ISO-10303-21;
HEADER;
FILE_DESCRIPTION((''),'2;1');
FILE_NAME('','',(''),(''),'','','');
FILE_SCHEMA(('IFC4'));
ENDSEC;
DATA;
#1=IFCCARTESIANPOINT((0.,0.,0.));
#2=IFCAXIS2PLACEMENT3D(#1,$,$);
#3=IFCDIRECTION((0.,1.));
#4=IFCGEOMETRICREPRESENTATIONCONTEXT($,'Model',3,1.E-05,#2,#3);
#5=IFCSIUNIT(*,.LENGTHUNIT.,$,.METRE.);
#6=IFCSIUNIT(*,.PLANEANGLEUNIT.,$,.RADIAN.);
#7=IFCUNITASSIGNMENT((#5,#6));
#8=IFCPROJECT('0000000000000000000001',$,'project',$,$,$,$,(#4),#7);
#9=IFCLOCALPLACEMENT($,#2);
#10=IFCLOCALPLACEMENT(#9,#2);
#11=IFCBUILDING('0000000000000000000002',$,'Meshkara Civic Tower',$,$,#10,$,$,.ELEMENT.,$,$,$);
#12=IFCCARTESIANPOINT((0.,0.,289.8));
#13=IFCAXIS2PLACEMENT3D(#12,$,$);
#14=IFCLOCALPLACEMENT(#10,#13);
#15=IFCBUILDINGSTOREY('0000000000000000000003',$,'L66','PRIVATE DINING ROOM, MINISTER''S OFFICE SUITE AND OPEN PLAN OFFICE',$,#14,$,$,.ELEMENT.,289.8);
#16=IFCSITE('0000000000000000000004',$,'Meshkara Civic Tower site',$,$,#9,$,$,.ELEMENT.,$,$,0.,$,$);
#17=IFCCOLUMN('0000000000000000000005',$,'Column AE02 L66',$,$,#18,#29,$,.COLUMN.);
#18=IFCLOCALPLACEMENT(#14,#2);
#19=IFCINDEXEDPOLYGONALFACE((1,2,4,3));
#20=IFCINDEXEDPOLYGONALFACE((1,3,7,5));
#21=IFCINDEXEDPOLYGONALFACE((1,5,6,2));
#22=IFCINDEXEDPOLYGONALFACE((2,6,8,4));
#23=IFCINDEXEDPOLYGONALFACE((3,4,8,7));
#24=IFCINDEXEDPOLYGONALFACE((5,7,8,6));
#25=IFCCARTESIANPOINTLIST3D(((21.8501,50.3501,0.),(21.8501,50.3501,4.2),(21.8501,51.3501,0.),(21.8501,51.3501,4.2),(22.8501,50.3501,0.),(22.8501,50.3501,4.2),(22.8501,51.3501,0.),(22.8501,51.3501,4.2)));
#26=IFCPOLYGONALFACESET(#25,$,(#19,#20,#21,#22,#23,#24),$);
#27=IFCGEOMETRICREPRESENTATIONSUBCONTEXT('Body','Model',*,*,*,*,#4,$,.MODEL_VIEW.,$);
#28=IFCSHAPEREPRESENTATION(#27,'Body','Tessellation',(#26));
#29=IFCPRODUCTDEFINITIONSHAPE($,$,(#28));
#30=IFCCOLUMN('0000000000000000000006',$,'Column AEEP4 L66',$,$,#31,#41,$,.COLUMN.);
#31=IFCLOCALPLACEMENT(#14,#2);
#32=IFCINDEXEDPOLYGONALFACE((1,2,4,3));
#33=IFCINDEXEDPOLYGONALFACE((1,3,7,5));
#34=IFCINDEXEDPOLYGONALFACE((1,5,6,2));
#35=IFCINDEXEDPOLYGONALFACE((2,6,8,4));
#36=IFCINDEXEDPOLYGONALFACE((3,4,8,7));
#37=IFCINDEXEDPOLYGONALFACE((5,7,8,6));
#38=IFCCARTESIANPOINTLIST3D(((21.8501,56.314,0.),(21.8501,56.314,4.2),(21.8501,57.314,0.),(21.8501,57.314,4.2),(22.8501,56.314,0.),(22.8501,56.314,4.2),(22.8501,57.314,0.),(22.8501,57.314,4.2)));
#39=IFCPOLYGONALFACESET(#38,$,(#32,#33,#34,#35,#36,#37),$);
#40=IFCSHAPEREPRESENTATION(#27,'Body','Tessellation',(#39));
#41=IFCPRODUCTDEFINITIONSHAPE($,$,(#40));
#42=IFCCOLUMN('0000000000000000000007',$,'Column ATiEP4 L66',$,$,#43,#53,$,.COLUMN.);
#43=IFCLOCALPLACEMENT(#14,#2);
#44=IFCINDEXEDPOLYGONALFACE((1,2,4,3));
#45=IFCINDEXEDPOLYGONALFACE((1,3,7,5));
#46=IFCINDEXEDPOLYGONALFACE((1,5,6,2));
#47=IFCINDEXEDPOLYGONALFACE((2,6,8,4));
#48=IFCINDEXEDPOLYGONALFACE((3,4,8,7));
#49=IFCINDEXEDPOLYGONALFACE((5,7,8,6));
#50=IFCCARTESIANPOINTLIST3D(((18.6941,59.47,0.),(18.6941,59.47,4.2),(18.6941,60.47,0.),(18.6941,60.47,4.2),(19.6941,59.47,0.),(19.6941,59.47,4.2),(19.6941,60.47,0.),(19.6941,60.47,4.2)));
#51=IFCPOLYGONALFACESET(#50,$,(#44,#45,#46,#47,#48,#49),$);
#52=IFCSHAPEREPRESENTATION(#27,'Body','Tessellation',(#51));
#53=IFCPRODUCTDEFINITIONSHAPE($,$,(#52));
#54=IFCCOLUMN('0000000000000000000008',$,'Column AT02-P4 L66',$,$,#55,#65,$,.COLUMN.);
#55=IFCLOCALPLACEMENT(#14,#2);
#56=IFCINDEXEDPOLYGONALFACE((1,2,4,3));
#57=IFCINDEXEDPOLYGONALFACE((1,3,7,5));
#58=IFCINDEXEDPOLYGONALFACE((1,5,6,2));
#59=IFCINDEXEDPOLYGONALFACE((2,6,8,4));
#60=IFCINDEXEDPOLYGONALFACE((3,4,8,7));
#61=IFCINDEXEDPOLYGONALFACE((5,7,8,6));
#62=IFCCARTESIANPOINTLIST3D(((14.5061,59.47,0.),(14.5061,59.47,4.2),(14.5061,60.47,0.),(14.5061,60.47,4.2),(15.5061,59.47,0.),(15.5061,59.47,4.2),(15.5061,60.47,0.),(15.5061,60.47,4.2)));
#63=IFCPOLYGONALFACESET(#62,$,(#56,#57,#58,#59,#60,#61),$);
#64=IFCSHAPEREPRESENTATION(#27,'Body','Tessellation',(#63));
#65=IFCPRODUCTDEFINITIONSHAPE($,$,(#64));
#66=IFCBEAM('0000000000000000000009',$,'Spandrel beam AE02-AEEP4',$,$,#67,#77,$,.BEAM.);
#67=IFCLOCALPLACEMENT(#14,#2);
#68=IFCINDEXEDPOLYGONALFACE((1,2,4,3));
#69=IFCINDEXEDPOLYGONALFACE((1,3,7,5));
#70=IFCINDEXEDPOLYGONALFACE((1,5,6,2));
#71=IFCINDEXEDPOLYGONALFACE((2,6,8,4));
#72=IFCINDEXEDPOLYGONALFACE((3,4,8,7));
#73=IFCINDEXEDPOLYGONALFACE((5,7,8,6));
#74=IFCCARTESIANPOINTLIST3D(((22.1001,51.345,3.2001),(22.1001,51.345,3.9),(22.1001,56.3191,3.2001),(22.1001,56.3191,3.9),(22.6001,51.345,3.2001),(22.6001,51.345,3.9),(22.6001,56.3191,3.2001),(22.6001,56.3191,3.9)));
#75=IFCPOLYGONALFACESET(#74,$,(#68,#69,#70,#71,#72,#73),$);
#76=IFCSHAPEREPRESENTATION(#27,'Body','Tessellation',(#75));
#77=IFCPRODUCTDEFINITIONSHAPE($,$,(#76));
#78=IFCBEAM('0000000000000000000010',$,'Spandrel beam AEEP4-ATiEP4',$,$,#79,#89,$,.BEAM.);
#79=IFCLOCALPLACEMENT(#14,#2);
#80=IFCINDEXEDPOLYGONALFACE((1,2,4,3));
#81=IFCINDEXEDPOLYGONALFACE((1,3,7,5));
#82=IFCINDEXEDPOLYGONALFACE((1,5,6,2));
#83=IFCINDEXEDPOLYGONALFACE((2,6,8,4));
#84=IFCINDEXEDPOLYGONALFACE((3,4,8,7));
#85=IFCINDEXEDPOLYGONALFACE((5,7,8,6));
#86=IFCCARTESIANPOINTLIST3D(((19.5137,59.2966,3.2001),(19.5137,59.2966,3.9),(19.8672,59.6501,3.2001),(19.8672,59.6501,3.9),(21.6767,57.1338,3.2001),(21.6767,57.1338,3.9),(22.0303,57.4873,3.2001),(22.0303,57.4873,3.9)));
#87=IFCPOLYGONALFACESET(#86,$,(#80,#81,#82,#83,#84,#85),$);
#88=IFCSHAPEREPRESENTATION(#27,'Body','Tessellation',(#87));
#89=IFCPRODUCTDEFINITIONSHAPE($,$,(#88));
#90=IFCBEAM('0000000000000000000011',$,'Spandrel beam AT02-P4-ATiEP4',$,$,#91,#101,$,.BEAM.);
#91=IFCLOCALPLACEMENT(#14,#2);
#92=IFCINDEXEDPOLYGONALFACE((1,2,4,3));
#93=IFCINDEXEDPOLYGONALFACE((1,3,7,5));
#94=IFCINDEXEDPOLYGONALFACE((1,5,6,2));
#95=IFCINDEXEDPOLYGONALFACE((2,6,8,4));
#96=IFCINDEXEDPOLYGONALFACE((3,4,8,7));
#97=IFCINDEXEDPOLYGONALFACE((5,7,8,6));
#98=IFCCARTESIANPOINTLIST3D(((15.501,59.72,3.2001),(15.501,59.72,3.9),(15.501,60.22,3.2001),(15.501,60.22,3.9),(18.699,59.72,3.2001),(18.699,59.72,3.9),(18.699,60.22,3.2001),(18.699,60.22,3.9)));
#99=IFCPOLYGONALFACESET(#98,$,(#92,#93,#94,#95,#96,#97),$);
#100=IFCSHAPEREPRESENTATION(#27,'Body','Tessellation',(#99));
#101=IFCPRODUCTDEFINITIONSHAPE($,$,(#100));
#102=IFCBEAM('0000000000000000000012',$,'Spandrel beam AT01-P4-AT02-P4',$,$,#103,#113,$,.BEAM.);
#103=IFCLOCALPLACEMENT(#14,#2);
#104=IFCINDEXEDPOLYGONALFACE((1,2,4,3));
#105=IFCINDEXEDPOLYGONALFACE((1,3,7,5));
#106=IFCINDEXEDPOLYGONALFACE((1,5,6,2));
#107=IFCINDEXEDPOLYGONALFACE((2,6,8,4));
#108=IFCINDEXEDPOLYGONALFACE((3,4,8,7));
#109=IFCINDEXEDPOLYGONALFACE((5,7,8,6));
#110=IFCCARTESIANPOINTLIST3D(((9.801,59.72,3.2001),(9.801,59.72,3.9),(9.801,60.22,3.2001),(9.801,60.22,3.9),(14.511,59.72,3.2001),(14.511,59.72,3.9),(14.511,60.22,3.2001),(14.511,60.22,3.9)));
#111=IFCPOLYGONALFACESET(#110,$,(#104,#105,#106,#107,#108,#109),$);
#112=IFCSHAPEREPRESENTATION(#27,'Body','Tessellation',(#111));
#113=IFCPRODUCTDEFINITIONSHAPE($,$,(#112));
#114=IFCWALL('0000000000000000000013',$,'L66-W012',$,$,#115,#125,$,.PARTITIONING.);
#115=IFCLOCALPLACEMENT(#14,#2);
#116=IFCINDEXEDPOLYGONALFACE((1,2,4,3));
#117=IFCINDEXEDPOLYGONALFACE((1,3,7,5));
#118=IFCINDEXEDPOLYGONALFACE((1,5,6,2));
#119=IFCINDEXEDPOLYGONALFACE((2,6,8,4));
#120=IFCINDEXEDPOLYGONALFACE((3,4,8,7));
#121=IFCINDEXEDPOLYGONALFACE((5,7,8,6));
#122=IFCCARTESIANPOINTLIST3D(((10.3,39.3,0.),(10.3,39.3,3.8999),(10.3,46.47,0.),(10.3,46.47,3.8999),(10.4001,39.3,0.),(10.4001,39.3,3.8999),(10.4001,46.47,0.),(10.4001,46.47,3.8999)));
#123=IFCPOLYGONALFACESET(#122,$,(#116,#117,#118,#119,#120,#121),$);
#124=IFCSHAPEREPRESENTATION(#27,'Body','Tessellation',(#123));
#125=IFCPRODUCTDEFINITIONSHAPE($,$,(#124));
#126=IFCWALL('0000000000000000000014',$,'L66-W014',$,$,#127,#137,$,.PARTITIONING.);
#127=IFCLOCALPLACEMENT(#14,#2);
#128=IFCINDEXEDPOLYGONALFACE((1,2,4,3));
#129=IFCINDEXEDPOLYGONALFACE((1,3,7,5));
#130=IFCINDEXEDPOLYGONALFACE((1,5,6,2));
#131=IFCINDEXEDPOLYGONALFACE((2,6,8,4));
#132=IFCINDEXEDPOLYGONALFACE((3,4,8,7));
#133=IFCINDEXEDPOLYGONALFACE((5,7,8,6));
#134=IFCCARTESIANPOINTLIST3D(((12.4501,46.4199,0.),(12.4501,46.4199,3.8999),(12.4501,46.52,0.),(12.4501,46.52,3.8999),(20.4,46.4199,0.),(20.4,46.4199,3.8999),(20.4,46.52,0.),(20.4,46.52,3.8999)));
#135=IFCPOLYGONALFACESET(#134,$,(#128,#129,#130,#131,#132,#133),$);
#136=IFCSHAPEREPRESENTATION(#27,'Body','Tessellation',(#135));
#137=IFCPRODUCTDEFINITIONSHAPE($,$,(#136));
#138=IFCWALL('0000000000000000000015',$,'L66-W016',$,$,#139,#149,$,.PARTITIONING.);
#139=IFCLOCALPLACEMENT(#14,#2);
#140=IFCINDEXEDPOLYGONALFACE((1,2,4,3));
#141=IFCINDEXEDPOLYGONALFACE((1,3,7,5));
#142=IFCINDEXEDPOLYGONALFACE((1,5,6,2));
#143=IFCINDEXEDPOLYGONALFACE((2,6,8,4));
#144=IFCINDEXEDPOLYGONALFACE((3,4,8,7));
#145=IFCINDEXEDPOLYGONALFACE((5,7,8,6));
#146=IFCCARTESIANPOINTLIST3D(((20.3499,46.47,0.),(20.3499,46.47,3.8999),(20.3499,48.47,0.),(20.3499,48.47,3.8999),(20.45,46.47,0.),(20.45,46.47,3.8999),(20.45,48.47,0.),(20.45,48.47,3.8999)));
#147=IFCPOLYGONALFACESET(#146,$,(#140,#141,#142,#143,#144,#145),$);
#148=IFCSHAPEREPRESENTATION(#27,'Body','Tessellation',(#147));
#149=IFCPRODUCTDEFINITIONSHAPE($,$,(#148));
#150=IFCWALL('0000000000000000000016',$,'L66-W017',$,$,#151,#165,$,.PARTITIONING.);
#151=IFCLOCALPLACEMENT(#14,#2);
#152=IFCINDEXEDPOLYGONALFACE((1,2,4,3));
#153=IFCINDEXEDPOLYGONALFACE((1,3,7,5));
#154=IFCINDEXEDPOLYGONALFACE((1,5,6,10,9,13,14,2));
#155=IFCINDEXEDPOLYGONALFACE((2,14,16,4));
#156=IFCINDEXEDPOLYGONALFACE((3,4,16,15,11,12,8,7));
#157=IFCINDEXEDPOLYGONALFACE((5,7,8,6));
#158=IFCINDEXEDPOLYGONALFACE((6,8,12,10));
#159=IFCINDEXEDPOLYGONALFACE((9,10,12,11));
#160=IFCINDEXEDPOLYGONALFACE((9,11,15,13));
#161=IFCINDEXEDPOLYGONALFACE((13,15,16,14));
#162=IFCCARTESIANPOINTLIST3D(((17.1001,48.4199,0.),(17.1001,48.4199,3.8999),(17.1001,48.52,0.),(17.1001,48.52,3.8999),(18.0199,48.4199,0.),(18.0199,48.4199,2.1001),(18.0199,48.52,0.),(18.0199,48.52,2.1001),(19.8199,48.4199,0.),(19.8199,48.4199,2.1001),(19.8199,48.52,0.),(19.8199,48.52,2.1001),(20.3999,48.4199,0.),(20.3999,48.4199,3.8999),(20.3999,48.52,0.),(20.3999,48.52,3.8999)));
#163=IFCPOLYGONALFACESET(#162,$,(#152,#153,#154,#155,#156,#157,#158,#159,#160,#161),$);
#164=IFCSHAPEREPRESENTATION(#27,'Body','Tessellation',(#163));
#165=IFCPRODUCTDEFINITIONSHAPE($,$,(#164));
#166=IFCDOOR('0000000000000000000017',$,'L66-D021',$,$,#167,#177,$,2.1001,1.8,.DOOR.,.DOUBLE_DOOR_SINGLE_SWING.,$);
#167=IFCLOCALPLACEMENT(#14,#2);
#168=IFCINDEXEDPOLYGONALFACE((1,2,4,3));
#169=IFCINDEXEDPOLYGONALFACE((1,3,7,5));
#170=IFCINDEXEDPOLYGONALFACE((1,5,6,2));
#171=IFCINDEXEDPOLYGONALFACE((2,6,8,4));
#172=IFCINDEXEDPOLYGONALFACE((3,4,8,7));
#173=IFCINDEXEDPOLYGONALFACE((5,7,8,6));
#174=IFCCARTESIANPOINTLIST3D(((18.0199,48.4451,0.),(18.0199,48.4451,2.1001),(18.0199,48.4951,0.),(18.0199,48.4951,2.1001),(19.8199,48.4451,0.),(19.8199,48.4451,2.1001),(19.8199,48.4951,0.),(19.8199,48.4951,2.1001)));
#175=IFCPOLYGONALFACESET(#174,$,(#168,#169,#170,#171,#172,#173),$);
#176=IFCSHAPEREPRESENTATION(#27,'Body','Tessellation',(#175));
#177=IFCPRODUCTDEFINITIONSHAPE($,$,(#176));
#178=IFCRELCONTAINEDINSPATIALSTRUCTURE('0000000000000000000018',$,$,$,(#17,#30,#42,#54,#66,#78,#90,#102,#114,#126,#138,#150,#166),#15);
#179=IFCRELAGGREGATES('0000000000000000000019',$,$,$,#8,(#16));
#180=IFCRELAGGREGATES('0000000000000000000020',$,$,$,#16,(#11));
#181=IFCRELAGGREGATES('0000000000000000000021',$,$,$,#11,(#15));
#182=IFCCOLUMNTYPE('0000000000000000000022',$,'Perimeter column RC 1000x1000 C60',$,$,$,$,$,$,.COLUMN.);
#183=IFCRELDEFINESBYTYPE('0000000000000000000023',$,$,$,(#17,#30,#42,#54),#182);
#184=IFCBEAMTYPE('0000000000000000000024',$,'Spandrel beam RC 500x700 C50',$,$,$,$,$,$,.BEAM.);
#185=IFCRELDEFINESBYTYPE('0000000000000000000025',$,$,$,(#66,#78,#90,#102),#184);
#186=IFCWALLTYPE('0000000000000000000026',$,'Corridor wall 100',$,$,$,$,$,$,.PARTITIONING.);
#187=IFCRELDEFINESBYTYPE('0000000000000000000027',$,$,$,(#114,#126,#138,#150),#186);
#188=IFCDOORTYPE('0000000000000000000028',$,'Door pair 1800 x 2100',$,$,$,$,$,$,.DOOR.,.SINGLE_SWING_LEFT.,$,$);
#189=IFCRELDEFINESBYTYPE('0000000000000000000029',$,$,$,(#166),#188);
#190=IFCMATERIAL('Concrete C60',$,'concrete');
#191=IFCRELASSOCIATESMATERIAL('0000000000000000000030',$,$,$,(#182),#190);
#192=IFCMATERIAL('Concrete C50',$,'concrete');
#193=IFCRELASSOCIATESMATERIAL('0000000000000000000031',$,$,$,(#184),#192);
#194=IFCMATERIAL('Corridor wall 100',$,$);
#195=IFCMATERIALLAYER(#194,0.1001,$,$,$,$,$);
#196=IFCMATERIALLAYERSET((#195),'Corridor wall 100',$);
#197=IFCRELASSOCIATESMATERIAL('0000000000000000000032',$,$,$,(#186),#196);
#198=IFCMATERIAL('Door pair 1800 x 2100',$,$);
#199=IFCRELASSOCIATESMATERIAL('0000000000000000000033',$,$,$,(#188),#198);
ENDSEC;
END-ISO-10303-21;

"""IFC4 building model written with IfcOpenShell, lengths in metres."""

from ifc_helpers import new_model, si_unit, direction, frame, frame_2d, origin, origin_2d, place, context, subcontext, project, spatial, rectangle, extrude, material, layer, layer_set, material_profile, profile_set, type_object, element, fill, save


model = new_model("IFC4")

# Units and contexts
model_context = context("Model", 3, precision=1e-05, world=origin(), true_north=direction((0.0, 1.0)))
body_context = subcontext(model_context, "Body", "Model", "MODEL_VIEW")
ifc_project = project(units=[si_unit("LENGTHUNIT", "METRE"), si_unit("PLANEANGLEUNIT", "RADIAN")], contexts=[model_context])

# Site, building, storey
site_placement = place(None, origin())
site = spatial("IfcSite", under=ifc_project, at=site_placement, Name="Meshkara Civic Tower site", CompositionType="ELEMENT", RefElevation=0.0)
building_placement = place(site_placement, origin())
building = spatial("IfcBuilding", under=site, at=building_placement, Name="Meshkara Civic Tower", CompositionType="ELEMENT")
storey_placement = place(building_placement, frame((0.0, 0.0, 289.8)))
storey = spatial("IfcBuildingStorey", under=building, at=storey_placement, Name="L66", Description="PRIVATE DINING ROOM, MINISTER'S OFFICE SUITE AND OPEN PLAN OFFICE", CompositionType="ELEMENT", Elevation=289.8)

# Columns
ifc_material_1 = material(Name="Concrete C60", Category="concrete")
ifc_material_profile_1 = material_profile(ifc_material_1, rectangle(XDim=1.0, YDim=1.0, at=origin_2d()))
ifc_profile_set_1 = profile_set([ifc_material_profile_1], Name="Concrete C60")
column_type = type_object("IfcColumnType", Name="Perimeter column RC 1000x1000 C60", PredefinedType="COLUMN", material=ifc_profile_set_1)
for number, where, z_axis, x_axis, name in (
    (1, (22.3501, 50.8501, 0.0), (0.0, 0.0, 1.0), (1.0, 0.0, 0.0), "Column AE02 L66"),
    (2, (22.3501, 56.814, 0.0), (0.0, 0.0, 1.0), (1.0, 0.0, 0.0), "Column AEEP4 L66"),
    (3, (19.1941, 59.97, 0.0), (0.0, 0.0, 1.0), (1.0, 0.0, 0.0), "Column ATiEP4 L66"),
    (4, (15.0061, 59.97, 0.0), (0.0, 0.0, 1.0), (1.0, 0.0, 0.0), "Column AT02-P4 L66"),
):
    element("IfcColumn", number, at=place(storey_placement, frame(where, z_axis=z_axis, x_axis=x_axis)), inside=storey, type_object=column_type, Name=name, PredefinedType="COLUMN", context=body_context, shape_type="SweptSolid", body=[
        extrude(rectangle(XDim=1.0, YDim=1.0, at=origin_2d()), origin(), (0.0, 0.0, 1.0), 4.2),
    ])

# Beams
ifc_material_2 = material(Name="Concrete C50", Category="concrete")
ifc_material_profile_2 = material_profile(ifc_material_2, rectangle(XDim=0.5, YDim=0.7, at=origin_2d()))
ifc_profile_set_2 = profile_set([ifc_material_profile_2], Name="Concrete C50")
beam_type = type_object("IfcBeamType", Name="Spandrel beam RC 500x700 C50", PredefinedType="BEAM", material=ifc_profile_set_2)
beam_1_placement = place(storey_placement, frame((22.3501, 51.345, 3.55), z_axis=(0.0, 1.0, 0.0), x_axis=(-1.0, 0.0, 0.0)))
element("IfcBeam", 5, at=beam_1_placement, inside=storey, type_object=beam_type, Name="Spandrel beam AE02-AEEP4", PredefinedType="BEAM", context=body_context, shape_type="SweptSolid", body=[
    extrude(rectangle(XDim=0.5, YDim=0.7, at=origin_2d()), origin(), (0.0, 0.0, 1.0), 4.9741),
])
beam_2_placement = place(storey_placement, frame((21.8535, 57.3105, 3.55), z_axis=(-0.707147, 0.707067, 0.0), x_axis=(-0.707067, -0.707147, 0.0)))
element("IfcBeam", 6, at=beam_2_placement, inside=storey, type_object=beam_type, Name="Spandrel beam AEEP4-ATiEP4", PredefinedType="BEAM", context=body_context, shape_type="SweptSolid", body=[
    extrude(rectangle(XDim=0.5, YDim=0.7, at=origin_2d()), origin(), (0.0, 0.0, 1.0), 3.0588),
])
beam_3_placement = place(storey_placement, frame((18.699, 59.97, 3.55), z_axis=(-1.0, 0.0, 0.0), x_axis=(0.0, -1.0, 0.0)))
element("IfcBeam", 7, at=beam_3_placement, inside=storey, type_object=beam_type, Name="Spandrel beam AT02-P4-ATiEP4", PredefinedType="BEAM", context=body_context, shape_type="SweptSolid", body=[
    extrude(rectangle(XDim=0.5, YDim=0.7, at=origin_2d()), origin(), (0.0, 0.0, 1.0), 3.198),
])
beam_4_placement = place(storey_placement, frame((14.511, 59.97, 3.55), z_axis=(-1.0, 0.0, 0.0), x_axis=(0.0, -1.0, 0.0)))
element("IfcBeam", 8, at=beam_4_placement, inside=storey, type_object=beam_type, Name="Spandrel beam AT01-P4-AT02-P4", PredefinedType="BEAM", context=body_context, shape_type="SweptSolid", body=[
    extrude(rectangle(XDim=0.5, YDim=0.7, at=origin_2d()), origin(), (0.0, 0.0, 1.0), 4.71),
])

# Walls
ifc_material_3 = material(Name="Corridor wall 100")
ifc_layer_1 = layer(ifc_material_3, 0.1001)
ifc_layer_set_1 = layer_set([ifc_layer_1], Name="Corridor wall 100")
wall_type_1 = type_object("IfcWallType", Name="Corridor wall 100", PredefinedType="PARTITIONING", material=ifc_layer_set_1)
wall_1_placement = place(storey_placement, frame((10.3501, 46.47, 0.0), z_axis=(0.0, 0.0, 1.0), x_axis=(0.0, -1.0, 0.0)))
element("IfcWall", 9, at=wall_1_placement, inside=storey, type_object=wall_type_1, Name="L66-W012", PredefinedType="PARTITIONING", context=body_context, shape_type="SweptSolid", body=[
    extrude(rectangle(XDim=7.1699, YDim=0.1001, at=frame_2d((3.585, 0.0))), origin(), (0.0, 0.0, 1.0), 3.8999),
])
wall_2_placement = place(storey_placement, frame((12.45, 46.47, 0.0), z_axis=(0.0, 0.0, 1.0), x_axis=(1.0, 0.0, 0.0)))
element("IfcWall", 10, at=wall_2_placement, inside=storey, type_object=wall_type_1, Name="L66-W014", PredefinedType="PARTITIONING", context=body_context, shape_type="SweptSolid", body=[
    extrude(rectangle(XDim=7.95, YDim=0.1001, at=frame_2d((3.9751, 0.0))), origin(), (0.0, 0.0, 1.0), 3.8999),
])
wall_3_placement = place(storey_placement, frame((20.3999, 46.47, 0.0), z_axis=(0.0, 0.0, 1.0), x_axis=(0.0, 1.0, 0.0)))
element("IfcWall", 11, at=wall_3_placement, inside=storey, type_object=wall_type_1, Name="L66-W016", PredefinedType="PARTITIONING", context=body_context, shape_type="SweptSolid", body=[
    extrude(rectangle(XDim=2.0, YDim=0.1001, at=frame_2d((1.0, 0.0))), origin(), (0.0, 0.0, 1.0), 3.8999),
])

# Wall, opening, door
wall_4_placement = place(storey_placement, frame((20.3999, 48.47, 0.0), z_axis=(0.0, 0.0, 1.0), x_axis=(-1.0, 0.0, 0.0)))
wall_4 = element("IfcWall", 12, at=wall_4_placement, inside=storey, type_object=wall_type_1, Name="L66-W017", PredefinedType="PARTITIONING", context=body_context, shape_type="SweptSolid", body=[
    extrude(rectangle(XDim=3.2998, YDim=0.1001, at=frame_2d((1.6499, 0.0))), origin(), (0.0, 0.0, 1.0), 3.8999),
])
opening_1_placement = place(wall_4_placement, frame((0.5801, 0.0, 0.0)))
opening_1 = element("IfcOpeningElement", 13, at=opening_1_placement, cuts=wall_4, PredefinedType="OPENING", context=body_context, shape_type="SweptSolid", body=[
    extrude(rectangle(XDim=1.8, YDim=2.1001, at=frame_2d((0.8999, 1.05))), frame((0.0, 0.0601, 0.0), z_axis=(0.0, -1.0, 0.0), x_axis=(1.0, 0.0, 0.0)), (0.0, 0.0, 1.0), 0.1201),
])
ifc_material_4 = material(Name="Door pair 1800 x 2100")
door_type_1 = type_object("IfcDoorType", Name="Door pair 1800 x 2100", OperationType="SINGLE_SWING_LEFT", PredefinedType="DOOR", material=ifc_material_4)
door_1_placement = place(opening_1_placement, origin())
door_1 = element("IfcDoor", 14, at=door_1_placement, inside=storey, type_object=door_type_1, Name="L66-D021", OperationType="DOUBLE_DOOR_SINGLE_SWING", OverallHeight=2.1001, OverallWidth=1.8, PredefinedType="DOOR", context=body_context, shape_type="SweptSolid", body=[
    extrude(rectangle(XDim=1.8, YDim=2.1001, at=frame_2d((0.8999, 1.05))), frame((0.0, 0.0249, 0.0), z_axis=(0.0, -1.0, 0.0), x_axis=(1.0, 0.0, 0.0)), (0.0, 0.0, 1.0), 0.05),
])
fill(opening_1, door_1)

save(model, "model.ifc")
